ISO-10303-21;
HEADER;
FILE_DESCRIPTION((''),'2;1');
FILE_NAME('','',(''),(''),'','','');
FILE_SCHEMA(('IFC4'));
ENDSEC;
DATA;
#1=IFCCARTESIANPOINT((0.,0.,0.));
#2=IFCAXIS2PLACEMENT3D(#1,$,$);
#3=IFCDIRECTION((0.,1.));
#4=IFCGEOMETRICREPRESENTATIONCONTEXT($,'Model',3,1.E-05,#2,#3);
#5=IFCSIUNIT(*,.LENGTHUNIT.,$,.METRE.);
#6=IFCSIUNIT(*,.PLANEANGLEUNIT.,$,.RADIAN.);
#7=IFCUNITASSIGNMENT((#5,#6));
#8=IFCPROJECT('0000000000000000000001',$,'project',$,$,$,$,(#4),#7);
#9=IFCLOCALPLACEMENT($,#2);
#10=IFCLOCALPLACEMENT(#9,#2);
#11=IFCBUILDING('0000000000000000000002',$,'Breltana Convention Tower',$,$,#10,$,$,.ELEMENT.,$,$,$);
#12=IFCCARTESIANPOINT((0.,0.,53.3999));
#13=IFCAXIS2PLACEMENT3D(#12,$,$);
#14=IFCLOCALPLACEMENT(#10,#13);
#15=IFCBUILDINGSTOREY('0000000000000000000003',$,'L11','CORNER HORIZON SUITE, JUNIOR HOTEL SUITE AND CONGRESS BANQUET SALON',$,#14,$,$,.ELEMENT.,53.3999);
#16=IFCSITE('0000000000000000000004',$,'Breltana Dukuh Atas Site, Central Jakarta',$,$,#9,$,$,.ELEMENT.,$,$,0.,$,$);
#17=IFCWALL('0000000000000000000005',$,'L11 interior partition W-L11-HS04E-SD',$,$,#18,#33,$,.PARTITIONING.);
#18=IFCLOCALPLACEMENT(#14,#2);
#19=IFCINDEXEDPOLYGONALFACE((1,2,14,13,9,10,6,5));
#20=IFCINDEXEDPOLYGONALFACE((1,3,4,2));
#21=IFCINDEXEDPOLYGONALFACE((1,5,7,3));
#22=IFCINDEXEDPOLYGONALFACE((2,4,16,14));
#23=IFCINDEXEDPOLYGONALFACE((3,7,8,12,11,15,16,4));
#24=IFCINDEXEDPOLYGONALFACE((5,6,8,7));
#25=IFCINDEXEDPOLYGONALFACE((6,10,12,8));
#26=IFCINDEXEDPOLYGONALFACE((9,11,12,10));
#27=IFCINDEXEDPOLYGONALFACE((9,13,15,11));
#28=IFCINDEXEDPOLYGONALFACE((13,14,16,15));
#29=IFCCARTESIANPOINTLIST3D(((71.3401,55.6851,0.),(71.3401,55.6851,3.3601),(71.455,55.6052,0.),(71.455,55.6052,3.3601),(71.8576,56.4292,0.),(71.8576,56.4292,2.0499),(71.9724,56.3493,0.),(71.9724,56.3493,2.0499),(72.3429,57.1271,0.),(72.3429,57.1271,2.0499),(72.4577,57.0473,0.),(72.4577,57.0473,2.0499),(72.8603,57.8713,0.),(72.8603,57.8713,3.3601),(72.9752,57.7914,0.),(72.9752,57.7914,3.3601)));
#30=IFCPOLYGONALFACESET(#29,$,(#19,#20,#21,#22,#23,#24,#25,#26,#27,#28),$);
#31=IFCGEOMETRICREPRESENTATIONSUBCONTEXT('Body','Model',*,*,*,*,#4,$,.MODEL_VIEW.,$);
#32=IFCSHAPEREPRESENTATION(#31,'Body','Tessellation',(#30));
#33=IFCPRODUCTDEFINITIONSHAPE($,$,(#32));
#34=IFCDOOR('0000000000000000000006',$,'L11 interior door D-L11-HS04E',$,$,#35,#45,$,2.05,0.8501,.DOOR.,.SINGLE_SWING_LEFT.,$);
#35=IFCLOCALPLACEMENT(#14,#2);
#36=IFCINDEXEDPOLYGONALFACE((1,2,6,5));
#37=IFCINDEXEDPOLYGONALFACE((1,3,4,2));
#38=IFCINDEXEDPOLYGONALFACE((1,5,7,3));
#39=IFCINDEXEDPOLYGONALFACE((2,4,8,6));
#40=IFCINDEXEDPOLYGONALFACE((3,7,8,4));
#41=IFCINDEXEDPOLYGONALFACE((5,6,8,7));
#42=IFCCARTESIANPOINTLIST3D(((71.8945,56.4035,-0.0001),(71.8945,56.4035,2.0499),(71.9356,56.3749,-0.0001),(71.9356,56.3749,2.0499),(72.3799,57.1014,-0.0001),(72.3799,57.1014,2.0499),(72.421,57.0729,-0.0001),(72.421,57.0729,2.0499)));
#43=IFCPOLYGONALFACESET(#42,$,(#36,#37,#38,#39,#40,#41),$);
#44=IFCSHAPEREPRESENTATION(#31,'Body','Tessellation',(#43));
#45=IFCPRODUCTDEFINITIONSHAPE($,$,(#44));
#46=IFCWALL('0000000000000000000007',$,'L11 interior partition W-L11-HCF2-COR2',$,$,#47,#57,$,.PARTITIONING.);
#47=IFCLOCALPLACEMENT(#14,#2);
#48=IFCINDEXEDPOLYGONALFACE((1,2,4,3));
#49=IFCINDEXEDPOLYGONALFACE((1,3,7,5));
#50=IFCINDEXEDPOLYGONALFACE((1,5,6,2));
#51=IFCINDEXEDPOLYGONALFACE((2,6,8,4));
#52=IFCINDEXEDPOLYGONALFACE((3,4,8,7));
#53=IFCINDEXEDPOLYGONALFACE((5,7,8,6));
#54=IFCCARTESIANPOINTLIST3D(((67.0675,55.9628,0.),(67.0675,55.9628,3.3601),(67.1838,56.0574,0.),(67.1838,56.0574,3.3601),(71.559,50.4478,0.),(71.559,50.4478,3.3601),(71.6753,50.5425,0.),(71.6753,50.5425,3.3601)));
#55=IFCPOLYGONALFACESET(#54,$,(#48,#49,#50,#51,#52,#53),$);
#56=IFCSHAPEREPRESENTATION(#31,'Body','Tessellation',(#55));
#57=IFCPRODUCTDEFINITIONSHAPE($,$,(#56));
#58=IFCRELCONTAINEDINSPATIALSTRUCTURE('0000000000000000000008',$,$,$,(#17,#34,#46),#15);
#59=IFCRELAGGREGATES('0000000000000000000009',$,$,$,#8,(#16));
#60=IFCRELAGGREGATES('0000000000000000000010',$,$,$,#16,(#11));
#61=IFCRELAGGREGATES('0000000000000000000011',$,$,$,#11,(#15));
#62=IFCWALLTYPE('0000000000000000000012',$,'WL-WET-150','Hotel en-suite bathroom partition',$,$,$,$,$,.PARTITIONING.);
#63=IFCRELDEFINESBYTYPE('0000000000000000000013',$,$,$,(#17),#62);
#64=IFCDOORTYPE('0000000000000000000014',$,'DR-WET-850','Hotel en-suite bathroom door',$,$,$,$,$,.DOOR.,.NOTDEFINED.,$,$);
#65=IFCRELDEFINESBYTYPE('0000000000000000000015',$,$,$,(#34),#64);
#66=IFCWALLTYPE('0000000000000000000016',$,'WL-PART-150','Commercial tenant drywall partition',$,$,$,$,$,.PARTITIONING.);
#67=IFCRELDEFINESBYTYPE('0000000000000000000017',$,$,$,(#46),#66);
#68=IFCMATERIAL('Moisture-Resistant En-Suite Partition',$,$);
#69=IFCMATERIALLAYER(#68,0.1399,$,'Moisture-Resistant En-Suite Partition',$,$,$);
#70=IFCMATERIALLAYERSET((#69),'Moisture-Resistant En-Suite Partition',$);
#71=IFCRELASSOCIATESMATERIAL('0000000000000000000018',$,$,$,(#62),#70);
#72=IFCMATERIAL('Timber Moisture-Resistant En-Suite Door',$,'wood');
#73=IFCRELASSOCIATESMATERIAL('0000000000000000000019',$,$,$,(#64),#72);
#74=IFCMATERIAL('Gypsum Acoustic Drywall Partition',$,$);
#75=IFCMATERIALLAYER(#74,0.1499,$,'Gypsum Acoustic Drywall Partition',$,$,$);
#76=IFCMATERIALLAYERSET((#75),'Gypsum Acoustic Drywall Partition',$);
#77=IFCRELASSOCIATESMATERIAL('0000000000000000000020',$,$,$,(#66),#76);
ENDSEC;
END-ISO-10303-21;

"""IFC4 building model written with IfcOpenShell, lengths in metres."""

from ifc_helpers import new_model, si_unit, direction, frame, frame_2d, origin, place, context, subcontext, project, spatial, rectangle, extrude, source, transform, mapped, material, layer, layer_set, type_object, type_shapes, element, fill, save


model = new_model("IFC4")

# Units and contexts
model_context = context("Model", 3, precision=1e-05, world=origin(), true_north=direction((0.0, 1.0)))
body_context = subcontext(model_context, "Body", "Model", "MODEL_VIEW")
ifc_project = project(units=[si_unit("LENGTHUNIT", "METRE"), si_unit("PLANEANGLEUNIT", "RADIAN")], contexts=[model_context])

# Site, building, storey
site_placement = place(None, origin())
site = spatial("IfcSite", under=ifc_project, at=site_placement, Name="Breltana Dukuh Atas Site, Central Jakarta", CompositionType="ELEMENT", RefElevation=0.0)
building_placement = place(site_placement, origin())
building = spatial("IfcBuilding", under=site, at=building_placement, Name="Breltana Convention Tower", CompositionType="ELEMENT")
storey_placement = place(building_placement, frame((0.0, 0.0, 53.3999)))
storey = spatial("IfcBuildingStorey", under=building, at=storey_placement, Name="L11", Description="CORNER HORIZON SUITE, JUNIOR HOTEL SUITE AND CONGRESS BANQUET SALON", CompositionType="ELEMENT", Elevation=53.3999)

# Shared definitions
ifc_material_1 = material(Name="Moisture-Resistant En-Suite Partition")
ifc_layer_1 = layer(ifc_material_1, 0.1399, Name="Moisture-Resistant En-Suite Partition")
ifc_layer_set_1 = layer_set([ifc_layer_1], Name="Moisture-Resistant En-Suite Partition")
wall_type_1 = type_object("IfcWallType", Name="WL-WET-150", Description="Hotel en-suite bathroom partition", PredefinedType="PARTITIONING", material=ifc_layer_set_1)
ifc_material_2 = material(Name="Timber Moisture-Resistant En-Suite Door", Category="wood")
door_type_1 = type_object("IfcDoorType", Name="DR-WET-850", Description="Hotel en-suite bathroom door", OperationType="NOTDEFINED", PredefinedType="DOOR", material=ifc_material_2)
shared_shape_1 = source(origin(), body_context, "Body", "SweptSolid", [
    extrude(rectangle(XDim=0.8501, YDim=2.05, at=frame_2d((0.425, 1.0249))), frame((0.0, 0.0249, 0.0), z_axis=(0.0, -1.0, 0.0), x_axis=(1.0, 0.0, 0.0)), (0.0, 0.0, 1.0), 0.05),
])
type_shapes(door_type_1, [shared_shape_1])

# Shared definitions
ifc_material_3 = material(Name="Gypsum Acoustic Drywall Partition")
ifc_layer_2 = layer(ifc_material_3, 0.1499, Name="Gypsum Acoustic Drywall Partition")
ifc_layer_set_2 = layer_set([ifc_layer_2], Name="Gypsum Acoustic Drywall Partition")
wall_type_2 = type_object("IfcWallType", Name="WL-PART-150", Description="Commercial tenant drywall partition", PredefinedType="PARTITIONING", material=ifc_layer_set_2)

# Wall, opening, door
shared_shape_2 = source(origin(), body_context, "Body", "SweptSolid", [
    extrude(rectangle(XDim=2.6628, YDim=0.1399, at=frame_2d((1.3315, 0.0))), origin(), (0.0, 0.0, 1.0), 3.3601),
])
wall_1_placement = place(storey_placement, frame((71.3975, 55.645, 0.0), z_axis=(0.0, 0.0, 1.0), x_axis=(0.570906, 0.821015, 0.0)))
wall_1 = element("IfcWall", 1, at=wall_1_placement, inside=storey, type_object=wall_type_1, Name="L11 interior partition W-L11-HS04E-SD", PredefinedType="PARTITIONING", context=body_context, shape_type="MappedRepresentation", body=[
    mapped(shared_shape_2, transform((0.0, 0.0, 0.0), scale=1.0)),
])
opening_1_placement = place(wall_1_placement, frame((0.9065, 0.0, 0.0)))
opening_1 = element("IfcOpeningElement", 2, at=opening_1_placement, cuts=wall_1, PredefinedType="OPENING", context=body_context, shape_type="SweptSolid", body=[
    extrude(rectangle(XDim=0.8501, YDim=2.05, at=frame_2d((0.425, 1.0249))), frame((0.0, 0.0801, 0.0), z_axis=(0.0, -1.0, 0.0), x_axis=(1.0, 0.0, 0.0)), (0.0, 0.0, 1.0), 0.1599),
])
door_1_placement = place(opening_1_placement, origin())
door_1 = element("IfcDoor", 3, at=door_1_placement, inside=storey, type_object=door_type_1, Name="L11 interior door D-L11-HS04E", OperationType="SINGLE_SWING_LEFT", OverallHeight=2.05, OverallWidth=0.8501, PredefinedType="DOOR", context=body_context, shape_type="MappedRepresentation", body=[
    mapped(shared_shape_1, transform((0.0, 0.0, 0.0), scale=1.0)),
])
fill(opening_1, door_1)

# Wall
shared_shape_3 = source(origin(), body_context, "Body", "SweptSolid", [
    extrude(rectangle(XDim=7.1125, YDim=0.1499, at=frame_2d((3.5562, 0.0))), origin(), (0.0, 0.0, 1.0), 3.3601),
])
wall_2_placement = place(storey_placement, frame((67.1257, 56.01, 0.0), z_axis=(0.0, 0.0, 1.0), x_axis=(0.63149, -0.775384, 0.0)))
element("IfcWall", 4, at=wall_2_placement, inside=storey, type_object=wall_type_2, Name="L11 interior partition W-L11-HCF2-COR2", PredefinedType="PARTITIONING", context=body_context, shape_type="MappedRepresentation", body=[
    mapped(shared_shape_3, transform((0.0, 0.0, 0.0), scale=1.0)),
])

save(model, "model.ifc")
